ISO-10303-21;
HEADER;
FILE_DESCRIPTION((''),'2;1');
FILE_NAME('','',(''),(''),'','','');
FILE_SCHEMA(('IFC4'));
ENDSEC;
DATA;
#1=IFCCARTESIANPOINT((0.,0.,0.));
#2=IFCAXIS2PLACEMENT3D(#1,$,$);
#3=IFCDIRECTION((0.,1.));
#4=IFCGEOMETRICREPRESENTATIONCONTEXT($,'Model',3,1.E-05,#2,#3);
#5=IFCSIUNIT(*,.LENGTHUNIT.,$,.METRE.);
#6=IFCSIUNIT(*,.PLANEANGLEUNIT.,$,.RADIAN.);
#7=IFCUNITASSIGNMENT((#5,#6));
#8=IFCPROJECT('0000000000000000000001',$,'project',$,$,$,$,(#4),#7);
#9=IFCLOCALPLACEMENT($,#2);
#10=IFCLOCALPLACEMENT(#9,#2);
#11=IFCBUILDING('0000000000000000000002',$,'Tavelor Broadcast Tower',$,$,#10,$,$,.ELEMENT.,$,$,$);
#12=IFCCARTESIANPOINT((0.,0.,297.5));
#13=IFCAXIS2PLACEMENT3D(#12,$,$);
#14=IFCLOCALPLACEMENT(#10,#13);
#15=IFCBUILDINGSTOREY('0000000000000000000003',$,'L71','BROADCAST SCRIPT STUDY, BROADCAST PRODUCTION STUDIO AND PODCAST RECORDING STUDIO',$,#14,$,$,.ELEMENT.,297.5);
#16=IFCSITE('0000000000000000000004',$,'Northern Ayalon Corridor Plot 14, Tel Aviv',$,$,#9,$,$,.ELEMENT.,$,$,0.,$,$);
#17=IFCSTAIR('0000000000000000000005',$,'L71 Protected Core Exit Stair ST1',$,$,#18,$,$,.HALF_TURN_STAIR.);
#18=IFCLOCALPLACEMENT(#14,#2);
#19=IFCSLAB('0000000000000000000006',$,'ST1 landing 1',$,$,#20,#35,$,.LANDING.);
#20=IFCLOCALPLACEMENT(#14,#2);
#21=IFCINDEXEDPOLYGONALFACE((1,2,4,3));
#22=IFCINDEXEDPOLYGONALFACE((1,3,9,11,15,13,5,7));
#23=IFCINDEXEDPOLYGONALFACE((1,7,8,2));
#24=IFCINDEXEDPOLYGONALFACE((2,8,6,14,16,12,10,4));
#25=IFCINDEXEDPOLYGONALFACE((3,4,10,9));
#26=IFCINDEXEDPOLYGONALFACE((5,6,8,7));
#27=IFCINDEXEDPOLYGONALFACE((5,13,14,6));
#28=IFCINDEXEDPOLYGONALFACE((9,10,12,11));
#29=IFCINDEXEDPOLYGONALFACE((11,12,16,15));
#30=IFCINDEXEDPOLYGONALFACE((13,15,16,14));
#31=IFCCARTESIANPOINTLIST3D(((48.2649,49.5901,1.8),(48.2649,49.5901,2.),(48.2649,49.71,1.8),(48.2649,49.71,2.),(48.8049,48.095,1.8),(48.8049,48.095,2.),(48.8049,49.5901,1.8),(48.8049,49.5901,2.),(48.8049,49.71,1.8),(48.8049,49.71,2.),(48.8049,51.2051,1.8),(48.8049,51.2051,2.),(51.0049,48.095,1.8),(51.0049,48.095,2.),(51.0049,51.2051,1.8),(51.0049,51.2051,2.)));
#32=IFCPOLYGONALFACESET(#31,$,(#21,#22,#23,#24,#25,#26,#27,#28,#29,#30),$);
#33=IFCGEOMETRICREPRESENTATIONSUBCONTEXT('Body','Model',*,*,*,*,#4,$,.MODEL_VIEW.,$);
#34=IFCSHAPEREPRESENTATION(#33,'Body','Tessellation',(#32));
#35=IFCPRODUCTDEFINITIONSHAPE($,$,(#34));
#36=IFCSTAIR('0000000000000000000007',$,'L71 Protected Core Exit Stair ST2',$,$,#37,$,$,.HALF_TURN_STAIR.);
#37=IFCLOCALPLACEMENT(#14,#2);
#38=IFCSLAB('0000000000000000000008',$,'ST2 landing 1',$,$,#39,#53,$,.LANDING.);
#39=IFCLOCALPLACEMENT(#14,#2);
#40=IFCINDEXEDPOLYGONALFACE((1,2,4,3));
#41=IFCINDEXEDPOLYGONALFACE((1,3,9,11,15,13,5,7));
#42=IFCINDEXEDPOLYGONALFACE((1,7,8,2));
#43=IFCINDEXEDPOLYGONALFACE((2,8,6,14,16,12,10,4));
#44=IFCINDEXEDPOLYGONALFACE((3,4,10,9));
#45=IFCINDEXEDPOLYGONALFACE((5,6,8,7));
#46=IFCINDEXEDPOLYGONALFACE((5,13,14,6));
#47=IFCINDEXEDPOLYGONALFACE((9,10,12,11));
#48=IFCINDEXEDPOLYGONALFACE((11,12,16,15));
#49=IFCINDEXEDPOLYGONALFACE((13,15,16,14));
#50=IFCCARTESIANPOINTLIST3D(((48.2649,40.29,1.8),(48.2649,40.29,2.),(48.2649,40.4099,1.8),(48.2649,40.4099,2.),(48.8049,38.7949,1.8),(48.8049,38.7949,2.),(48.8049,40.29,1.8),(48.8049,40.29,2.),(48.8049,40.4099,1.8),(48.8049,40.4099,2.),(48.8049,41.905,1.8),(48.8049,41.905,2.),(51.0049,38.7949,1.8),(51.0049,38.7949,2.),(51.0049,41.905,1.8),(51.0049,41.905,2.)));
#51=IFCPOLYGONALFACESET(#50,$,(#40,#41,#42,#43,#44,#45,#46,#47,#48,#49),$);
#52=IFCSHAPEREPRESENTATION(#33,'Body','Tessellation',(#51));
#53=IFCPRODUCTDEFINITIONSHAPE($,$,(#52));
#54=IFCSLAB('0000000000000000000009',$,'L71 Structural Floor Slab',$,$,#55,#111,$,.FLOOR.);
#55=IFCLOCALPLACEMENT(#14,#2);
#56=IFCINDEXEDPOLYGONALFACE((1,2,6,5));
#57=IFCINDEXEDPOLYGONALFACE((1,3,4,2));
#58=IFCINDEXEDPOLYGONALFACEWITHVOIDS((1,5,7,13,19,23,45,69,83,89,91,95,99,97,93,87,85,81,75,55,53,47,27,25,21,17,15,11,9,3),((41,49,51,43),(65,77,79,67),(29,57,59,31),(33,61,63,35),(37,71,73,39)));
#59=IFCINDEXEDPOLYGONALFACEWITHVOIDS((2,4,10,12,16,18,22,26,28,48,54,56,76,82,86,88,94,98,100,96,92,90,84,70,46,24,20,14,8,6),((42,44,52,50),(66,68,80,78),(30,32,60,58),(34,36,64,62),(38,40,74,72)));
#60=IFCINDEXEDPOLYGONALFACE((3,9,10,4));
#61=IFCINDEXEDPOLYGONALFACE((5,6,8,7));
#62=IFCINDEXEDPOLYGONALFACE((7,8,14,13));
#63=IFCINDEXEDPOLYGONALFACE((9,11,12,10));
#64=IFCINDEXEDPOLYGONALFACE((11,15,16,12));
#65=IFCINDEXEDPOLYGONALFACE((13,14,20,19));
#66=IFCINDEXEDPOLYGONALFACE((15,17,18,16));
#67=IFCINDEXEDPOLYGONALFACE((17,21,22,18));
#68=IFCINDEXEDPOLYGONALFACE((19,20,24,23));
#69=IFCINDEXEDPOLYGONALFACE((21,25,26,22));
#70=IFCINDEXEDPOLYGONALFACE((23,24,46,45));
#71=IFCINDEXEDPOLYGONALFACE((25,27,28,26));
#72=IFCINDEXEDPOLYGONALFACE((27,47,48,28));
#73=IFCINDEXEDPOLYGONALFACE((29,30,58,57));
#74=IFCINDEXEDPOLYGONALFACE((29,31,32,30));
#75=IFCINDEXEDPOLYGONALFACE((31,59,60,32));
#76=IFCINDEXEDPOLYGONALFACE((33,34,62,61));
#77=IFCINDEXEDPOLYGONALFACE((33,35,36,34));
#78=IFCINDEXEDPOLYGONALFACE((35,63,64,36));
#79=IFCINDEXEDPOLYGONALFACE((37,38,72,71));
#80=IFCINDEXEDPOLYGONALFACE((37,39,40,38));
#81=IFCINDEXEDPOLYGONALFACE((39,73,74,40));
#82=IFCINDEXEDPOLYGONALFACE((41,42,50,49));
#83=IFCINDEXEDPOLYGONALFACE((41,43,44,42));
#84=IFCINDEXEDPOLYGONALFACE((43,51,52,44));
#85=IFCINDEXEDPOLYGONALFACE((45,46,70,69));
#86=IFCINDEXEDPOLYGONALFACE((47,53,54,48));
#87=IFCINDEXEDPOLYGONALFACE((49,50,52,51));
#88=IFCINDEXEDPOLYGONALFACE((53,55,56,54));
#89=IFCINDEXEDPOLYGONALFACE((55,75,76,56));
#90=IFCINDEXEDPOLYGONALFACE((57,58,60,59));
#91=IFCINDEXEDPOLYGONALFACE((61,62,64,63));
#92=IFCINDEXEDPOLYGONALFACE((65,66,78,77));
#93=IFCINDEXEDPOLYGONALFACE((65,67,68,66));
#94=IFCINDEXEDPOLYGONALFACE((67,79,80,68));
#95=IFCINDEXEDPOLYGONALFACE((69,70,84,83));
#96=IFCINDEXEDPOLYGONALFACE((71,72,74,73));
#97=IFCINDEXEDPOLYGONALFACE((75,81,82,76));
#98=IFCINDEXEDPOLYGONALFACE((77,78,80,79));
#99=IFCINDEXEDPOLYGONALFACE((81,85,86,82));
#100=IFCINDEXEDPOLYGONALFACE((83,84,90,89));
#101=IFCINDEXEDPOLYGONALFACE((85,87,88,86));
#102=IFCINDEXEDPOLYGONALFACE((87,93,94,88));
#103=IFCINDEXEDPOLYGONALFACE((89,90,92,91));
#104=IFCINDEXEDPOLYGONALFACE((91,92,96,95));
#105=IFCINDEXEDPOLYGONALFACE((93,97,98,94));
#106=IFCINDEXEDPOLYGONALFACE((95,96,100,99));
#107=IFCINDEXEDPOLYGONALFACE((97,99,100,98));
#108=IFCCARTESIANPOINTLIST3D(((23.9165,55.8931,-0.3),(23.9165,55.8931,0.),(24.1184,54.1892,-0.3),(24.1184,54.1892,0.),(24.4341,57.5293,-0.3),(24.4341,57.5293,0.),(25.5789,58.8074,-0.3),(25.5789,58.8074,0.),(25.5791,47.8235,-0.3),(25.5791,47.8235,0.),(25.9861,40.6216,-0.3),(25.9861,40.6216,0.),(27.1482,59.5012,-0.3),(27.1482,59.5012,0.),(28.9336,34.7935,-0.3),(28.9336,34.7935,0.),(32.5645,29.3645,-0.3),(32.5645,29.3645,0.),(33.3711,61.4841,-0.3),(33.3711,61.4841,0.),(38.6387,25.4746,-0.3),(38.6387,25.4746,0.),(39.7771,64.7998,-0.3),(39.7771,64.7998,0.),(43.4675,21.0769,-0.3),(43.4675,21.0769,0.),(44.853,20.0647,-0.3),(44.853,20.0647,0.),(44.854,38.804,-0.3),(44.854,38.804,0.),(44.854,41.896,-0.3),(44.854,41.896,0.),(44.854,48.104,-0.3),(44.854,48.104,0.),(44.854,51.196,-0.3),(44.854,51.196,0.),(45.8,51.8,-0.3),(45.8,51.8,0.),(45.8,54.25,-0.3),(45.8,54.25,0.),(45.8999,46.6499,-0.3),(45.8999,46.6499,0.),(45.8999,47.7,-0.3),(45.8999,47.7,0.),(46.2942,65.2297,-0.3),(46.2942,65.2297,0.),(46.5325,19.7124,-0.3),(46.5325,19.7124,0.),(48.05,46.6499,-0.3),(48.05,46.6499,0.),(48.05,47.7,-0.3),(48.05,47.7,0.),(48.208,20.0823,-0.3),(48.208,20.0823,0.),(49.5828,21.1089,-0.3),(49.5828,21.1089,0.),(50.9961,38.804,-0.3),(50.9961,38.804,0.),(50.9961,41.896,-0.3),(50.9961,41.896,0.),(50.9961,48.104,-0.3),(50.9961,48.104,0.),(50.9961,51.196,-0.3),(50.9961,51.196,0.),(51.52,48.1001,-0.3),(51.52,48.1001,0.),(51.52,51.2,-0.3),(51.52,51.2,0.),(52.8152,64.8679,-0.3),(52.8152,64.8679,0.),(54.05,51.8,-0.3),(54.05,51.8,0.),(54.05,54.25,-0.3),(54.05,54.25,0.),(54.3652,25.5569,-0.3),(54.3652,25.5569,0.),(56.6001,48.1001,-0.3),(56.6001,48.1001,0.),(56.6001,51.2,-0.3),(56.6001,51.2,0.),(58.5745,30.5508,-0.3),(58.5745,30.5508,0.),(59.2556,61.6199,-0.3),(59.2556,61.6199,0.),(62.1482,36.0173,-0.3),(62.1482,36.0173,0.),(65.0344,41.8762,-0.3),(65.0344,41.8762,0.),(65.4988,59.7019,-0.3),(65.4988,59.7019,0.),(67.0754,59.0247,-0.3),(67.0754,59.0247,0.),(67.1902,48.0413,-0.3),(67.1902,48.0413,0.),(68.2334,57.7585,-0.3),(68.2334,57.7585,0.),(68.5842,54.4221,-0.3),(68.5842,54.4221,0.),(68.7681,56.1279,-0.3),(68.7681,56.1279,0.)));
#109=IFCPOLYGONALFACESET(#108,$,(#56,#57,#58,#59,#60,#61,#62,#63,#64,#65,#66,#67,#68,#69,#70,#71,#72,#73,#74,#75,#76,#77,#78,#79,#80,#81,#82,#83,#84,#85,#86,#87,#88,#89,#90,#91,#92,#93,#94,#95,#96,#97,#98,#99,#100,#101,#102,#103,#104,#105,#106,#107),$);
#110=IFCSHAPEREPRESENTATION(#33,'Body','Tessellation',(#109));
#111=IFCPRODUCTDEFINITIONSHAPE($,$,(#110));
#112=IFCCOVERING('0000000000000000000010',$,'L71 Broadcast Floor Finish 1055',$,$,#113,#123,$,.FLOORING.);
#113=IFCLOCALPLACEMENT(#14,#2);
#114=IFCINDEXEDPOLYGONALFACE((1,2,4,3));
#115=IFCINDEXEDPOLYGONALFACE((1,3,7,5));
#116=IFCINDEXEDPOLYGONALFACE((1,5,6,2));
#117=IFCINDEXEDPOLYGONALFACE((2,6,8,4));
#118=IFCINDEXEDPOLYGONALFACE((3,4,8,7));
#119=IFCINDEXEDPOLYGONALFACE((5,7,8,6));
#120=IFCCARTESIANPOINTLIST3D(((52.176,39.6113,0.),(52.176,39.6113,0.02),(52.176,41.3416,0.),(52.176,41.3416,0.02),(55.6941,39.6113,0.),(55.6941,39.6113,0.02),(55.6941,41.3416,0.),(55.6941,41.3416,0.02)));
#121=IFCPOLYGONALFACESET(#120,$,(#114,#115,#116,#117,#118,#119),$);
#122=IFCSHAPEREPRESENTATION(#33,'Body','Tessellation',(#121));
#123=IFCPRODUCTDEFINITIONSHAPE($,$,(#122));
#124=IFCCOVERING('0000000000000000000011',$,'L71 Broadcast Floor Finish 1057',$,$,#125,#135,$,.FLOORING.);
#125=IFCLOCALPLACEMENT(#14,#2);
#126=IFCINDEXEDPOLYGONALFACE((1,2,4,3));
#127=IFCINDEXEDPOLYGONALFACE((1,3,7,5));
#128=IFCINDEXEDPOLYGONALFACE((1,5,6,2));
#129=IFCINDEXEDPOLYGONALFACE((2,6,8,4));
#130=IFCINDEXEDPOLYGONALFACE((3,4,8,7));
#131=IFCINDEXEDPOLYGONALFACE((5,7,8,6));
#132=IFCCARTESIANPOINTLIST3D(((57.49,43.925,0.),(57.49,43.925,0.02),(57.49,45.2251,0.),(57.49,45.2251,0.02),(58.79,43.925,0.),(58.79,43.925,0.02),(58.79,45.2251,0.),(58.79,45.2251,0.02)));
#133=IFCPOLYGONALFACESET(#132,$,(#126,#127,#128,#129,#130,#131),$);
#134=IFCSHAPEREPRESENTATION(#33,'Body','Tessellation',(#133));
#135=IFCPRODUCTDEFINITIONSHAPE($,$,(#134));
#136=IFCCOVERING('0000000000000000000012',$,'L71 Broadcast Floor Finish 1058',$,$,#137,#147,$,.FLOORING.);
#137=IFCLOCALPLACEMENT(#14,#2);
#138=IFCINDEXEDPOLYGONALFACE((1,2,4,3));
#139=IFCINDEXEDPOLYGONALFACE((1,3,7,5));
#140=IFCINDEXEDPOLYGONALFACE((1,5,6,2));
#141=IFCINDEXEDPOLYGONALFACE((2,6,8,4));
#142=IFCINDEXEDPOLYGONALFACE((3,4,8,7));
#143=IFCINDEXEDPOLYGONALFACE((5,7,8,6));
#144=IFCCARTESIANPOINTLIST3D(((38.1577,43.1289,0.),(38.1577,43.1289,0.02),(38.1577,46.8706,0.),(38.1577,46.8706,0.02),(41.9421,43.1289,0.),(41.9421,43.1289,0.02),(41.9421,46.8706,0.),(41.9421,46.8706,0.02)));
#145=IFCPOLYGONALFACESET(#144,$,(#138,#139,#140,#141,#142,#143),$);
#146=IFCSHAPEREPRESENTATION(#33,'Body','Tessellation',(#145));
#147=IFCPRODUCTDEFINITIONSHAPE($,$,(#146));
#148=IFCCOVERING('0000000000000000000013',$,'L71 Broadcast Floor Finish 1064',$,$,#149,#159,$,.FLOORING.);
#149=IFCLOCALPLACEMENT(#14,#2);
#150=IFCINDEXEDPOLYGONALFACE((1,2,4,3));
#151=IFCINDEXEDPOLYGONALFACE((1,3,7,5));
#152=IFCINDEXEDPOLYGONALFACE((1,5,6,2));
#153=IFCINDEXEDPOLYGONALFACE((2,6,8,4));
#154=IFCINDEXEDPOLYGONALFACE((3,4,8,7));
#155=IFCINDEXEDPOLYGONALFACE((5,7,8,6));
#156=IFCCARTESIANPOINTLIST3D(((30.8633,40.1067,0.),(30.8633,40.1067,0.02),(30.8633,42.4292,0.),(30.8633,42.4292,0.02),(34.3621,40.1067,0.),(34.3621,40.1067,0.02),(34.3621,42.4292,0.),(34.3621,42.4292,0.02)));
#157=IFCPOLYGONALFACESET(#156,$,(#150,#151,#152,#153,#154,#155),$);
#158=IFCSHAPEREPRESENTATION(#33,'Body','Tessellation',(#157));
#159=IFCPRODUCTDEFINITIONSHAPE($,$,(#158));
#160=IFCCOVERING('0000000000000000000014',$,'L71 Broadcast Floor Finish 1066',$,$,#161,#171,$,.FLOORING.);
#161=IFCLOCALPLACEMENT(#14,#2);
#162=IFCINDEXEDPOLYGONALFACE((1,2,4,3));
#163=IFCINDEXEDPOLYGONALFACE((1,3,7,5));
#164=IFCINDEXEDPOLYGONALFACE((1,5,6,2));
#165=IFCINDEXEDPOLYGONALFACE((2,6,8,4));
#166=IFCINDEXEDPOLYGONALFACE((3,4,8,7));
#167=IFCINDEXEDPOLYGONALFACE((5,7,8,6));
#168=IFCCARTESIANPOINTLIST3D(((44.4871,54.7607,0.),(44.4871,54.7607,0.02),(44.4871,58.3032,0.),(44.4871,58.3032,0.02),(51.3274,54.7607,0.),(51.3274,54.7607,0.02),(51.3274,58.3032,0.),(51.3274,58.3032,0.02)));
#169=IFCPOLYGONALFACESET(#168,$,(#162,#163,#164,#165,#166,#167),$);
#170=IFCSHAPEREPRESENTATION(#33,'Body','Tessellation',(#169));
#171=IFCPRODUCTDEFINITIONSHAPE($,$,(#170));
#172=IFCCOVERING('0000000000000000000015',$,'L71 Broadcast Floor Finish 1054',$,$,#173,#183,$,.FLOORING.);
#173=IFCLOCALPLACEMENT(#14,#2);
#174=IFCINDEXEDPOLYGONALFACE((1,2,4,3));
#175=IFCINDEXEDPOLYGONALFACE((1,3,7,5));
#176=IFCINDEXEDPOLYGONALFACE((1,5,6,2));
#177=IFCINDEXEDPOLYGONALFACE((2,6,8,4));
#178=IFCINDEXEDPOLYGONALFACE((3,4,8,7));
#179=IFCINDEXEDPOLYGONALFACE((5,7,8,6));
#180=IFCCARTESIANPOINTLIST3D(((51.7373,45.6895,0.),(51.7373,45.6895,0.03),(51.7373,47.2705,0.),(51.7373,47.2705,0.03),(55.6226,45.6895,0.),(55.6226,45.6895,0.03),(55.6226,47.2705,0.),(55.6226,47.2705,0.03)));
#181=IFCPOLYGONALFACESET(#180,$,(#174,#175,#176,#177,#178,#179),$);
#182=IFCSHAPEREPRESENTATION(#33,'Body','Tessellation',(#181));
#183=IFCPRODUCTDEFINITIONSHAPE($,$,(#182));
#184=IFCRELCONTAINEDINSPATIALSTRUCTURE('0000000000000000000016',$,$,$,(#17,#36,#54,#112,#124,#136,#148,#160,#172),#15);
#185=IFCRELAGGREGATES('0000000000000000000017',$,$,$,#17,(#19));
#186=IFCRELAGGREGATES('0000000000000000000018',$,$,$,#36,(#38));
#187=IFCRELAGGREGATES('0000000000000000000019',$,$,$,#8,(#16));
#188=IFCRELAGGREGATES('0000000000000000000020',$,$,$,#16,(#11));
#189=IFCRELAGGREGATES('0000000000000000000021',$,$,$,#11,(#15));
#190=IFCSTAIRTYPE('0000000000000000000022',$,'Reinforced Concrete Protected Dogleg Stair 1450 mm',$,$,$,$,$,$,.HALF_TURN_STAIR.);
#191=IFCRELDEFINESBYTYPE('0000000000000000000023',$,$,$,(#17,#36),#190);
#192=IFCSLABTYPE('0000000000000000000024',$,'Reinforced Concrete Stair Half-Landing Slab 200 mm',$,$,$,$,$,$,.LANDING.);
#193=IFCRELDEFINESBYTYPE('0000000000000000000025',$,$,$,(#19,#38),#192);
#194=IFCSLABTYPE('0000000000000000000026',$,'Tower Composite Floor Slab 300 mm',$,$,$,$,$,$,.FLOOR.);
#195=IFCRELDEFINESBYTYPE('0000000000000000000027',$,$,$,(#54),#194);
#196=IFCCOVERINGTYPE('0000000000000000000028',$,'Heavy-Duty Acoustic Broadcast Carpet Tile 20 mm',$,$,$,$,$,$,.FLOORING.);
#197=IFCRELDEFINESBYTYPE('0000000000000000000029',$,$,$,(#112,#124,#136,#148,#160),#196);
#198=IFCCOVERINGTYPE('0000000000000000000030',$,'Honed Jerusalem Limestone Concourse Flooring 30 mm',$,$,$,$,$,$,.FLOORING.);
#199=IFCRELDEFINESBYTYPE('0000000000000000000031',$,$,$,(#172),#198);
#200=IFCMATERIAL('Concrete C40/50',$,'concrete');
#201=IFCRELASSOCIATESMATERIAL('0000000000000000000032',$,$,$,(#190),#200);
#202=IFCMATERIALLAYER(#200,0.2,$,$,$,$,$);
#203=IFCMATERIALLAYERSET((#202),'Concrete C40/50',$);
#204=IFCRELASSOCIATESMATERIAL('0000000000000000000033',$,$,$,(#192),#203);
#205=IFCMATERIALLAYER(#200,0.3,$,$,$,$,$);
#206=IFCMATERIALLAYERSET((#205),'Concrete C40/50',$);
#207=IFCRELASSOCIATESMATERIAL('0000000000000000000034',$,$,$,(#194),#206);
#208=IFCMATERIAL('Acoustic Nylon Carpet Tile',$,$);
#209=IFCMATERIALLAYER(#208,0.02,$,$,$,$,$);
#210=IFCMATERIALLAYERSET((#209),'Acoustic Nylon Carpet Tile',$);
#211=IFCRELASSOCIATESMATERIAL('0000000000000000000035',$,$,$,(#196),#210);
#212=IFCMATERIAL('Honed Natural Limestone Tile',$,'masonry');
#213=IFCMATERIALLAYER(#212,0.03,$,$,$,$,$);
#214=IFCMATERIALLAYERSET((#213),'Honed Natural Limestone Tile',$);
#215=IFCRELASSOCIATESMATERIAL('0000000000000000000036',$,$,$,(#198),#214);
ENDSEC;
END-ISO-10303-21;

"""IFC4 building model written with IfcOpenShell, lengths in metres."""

from ifc_helpers import new_model, si_unit, direction, frame, origin, place, context, subcontext, project, spatial, polyline, outline, extrude, material, layer, layer_set, type_object, element, aggregate, save


model = new_model("IFC4")

# Units and contexts
model_context = context("Model", 3, precision=1e-05, world=origin(), true_north=direction((0.0, 1.0)))
body_context = subcontext(model_context, "Body", "Model", "MODEL_VIEW")
ifc_project = project(units=[si_unit("LENGTHUNIT", "METRE"), si_unit("PLANEANGLEUNIT", "RADIAN")], contexts=[model_context])

# Site, building, storey
site_placement = place(None, origin())
site = spatial("IfcSite", under=ifc_project, at=site_placement, Name="Northern Ayalon Corridor Plot 14, Tel Aviv", CompositionType="ELEMENT", RefElevation=0.0)
building_placement = place(site_placement, origin())
building = spatial("IfcBuilding", under=site, at=building_placement, Name="Tavelor Broadcast Tower", CompositionType="ELEMENT")
storey_placement = place(building_placement, frame((0.0, 0.0, 297.5)))
storey = spatial("IfcBuildingStorey", under=building, at=storey_placement, Name="L71", Description="BROADCAST SCRIPT STUDY, BROADCAST PRODUCTION STUDIO AND PODCAST RECORDING STUDIO", CompositionType="ELEMENT", Elevation=297.5)

# Stairs, slabs
ifc_material_1 = material(Name="Concrete C40/50", Category="concrete")
stair_type = type_object("IfcStairType", Name="Reinforced Concrete Protected Dogleg Stair 1450 mm", PredefinedType="HALF_TURN_STAIR", material=ifc_material_1)
stair_1_placement = place(storey_placement, origin())
stair_1 = element("IfcStair", 1, at=stair_1_placement, inside=storey, type_object=stair_type, Name="L71 Protected Core Exit Stair ST1", PredefinedType="HALF_TURN_STAIR")
ifc_layer_1 = layer(ifc_material_1, 0.2)
ifc_layer_set_1 = layer_set([ifc_layer_1], Name="Concrete C40/50")
slab_type_1 = type_object("IfcSlabType", Name="Reinforced Concrete Stair Half-Landing Slab 200 mm", PredefinedType="LANDING", material=ifc_layer_set_1)
slab_1_placement = place(storey_placement, frame((0.0, 0.0, 1.8)))
slab_1 = element("IfcSlab", 2, at=slab_1_placement, type_object=slab_type_1, Name="ST1 landing 1", PredefinedType="LANDING", context=body_context, shape_type="SweptSolid", body=[
    extrude(outline(polyline([(48.8049, 49.5901), (48.8049, 48.095), (51.0049, 48.095), (51.0049, 51.2051), (48.8049, 51.2051), (48.8049, 49.71), (48.2649, 49.71), (48.2649, 49.5901), (48.8049, 49.5901)])), origin(), (0.0, 0.0, 1.0), 0.2),
])
aggregate(stair_1, [slab_1])
stair_2_placement = place(storey_placement, origin())
stair_2 = element("IfcStair", 3, at=stair_2_placement, inside=storey, type_object=stair_type, Name="L71 Protected Core Exit Stair ST2", PredefinedType="HALF_TURN_STAIR")
slab_2_placement = place(storey_placement, frame((0.0, 0.0, 1.8)))
slab_2 = element("IfcSlab", 4, at=slab_2_placement, type_object=slab_type_1, Name="ST2 landing 1", PredefinedType="LANDING", context=body_context, shape_type="SweptSolid", body=[
    extrude(outline(polyline([(48.8049, 40.29), (48.8049, 38.7949), (51.0049, 38.7949), (51.0049, 41.905), (48.8049, 41.905), (48.8049, 40.4099), (48.2649, 40.4099), (48.2649, 40.29), (48.8049, 40.29)])), origin(), (0.0, 0.0, 1.0), 0.2),
])
aggregate(stair_2, [slab_2])

# Slab
ifc_layer_2 = layer(ifc_material_1, 0.3)
ifc_layer_set_2 = layer_set([ifc_layer_2], Name="Concrete C40/50")
slab_type_2 = type_object("IfcSlabType", Name="Tower Composite Floor Slab 300 mm", PredefinedType="FLOOR", material=ifc_layer_set_2)
slab_3_placement = place(storey_placement, frame((0.0, 0.0, -0.3)))
element("IfcSlab", 5, at=slab_3_placement, inside=storey, type_object=slab_type_2, Name="L71 Structural Floor Slab", PredefinedType="FLOOR", context=body_context, shape_type="SweptSolid", body=[
    extrude(outline(polyline([(27.1482, 59.5012), (25.5789, 58.8074), (24.4341, 57.5293), (23.9165, 55.8931), (24.1184, 54.1892), (25.5791, 47.8235), (25.9861, 40.6216), (28.9336, 34.7935), (32.5645, 29.3645), (38.6387, 25.4746), (43.4675, 21.0769), (44.853, 20.0647), (46.5325, 19.7124), (48.208, 20.0823), (49.5828, 21.1089), (54.3652, 25.5569), (58.5745, 30.5508), (62.1482, 36.0173), (65.0344, 41.8762), (67.1902, 48.0413), (68.5842, 54.4221), (68.7681, 56.1279), (68.2334, 57.7585), (67.0754, 59.0247), (65.4988, 59.7019), (59.2556, 61.6199), (52.8152, 64.8679), (46.2942, 65.2297), (39.7771, 64.7998), (33.3711, 61.4841), (27.1482, 59.5012)]), holes=[polyline([(50.9961, 41.896), (50.9961, 38.804), (44.854, 38.804), (44.854, 41.896), (50.9961, 41.896)]), polyline([(48.05, 47.7), (48.05, 46.6499), (45.8999, 46.6499), (45.8999, 47.7), (48.05, 47.7)]), polyline([(50.9961, 51.196), (50.9961, 48.104), (44.854, 48.104), (44.854, 51.196), (50.9961, 51.196)]), polyline([(56.6001, 48.1001), (51.52, 48.1001), (51.52, 51.2), (56.6001, 51.2), (56.6001, 48.1001)]), polyline([(54.05, 51.8), (45.8, 51.8), (45.8, 54.25), (54.05, 54.25), (54.05, 51.8)])]), origin(), (0.0, 0.0, 1.0), 0.3),
])

# Coverings
ifc_material_2 = material(Name="Acoustic Nylon Carpet Tile")
ifc_layer_3 = layer(ifc_material_2, 0.02)
ifc_layer_set_3 = layer_set([ifc_layer_3], Name="Acoustic Nylon Carpet Tile")
covering_type_1 = type_object("IfcCoveringType", Name="Heavy-Duty Acoustic Broadcast Carpet Tile 20 mm", PredefinedType="FLOORING", material=ifc_layer_set_3)
covering_1_placement = place(storey_placement, origin())
element("IfcCovering", 6, at=covering_1_placement, inside=storey, type_object=covering_type_1, Name="L71 Broadcast Floor Finish 1055", PredefinedType="FLOORING", context=body_context, shape_type="SweptSolid", body=[
    extrude(outline(polyline([(52.176, 39.6113), (55.6941, 39.6113), (55.6941, 41.3416), (52.176, 41.3416), (52.176, 39.6113)])), origin(), (0.0, 0.0, 1.0), 0.02),
])
covering_2_placement = place(storey_placement, origin())
element("IfcCovering", 7, at=covering_2_placement, inside=storey, type_object=covering_type_1, Name="L71 Broadcast Floor Finish 1057", PredefinedType="FLOORING", context=body_context, shape_type="SweptSolid", body=[
    extrude(outline(polyline([(57.49, 43.925), (58.79, 43.925), (58.79, 45.2251), (57.49, 45.2251), (57.49, 43.925)])), origin(), (0.0, 0.0, 1.0), 0.02),
])
covering_3_placement = place(storey_placement, origin())
element("IfcCovering", 8, at=covering_3_placement, inside=storey, type_object=covering_type_1, Name="L71 Broadcast Floor Finish 1058", PredefinedType="FLOORING", context=body_context, shape_type="SweptSolid", body=[
    extrude(outline(polyline([(38.1577, 43.1289), (41.9421, 43.1289), (41.9421, 46.8706), (38.1577, 46.8706), (38.1577, 43.1289)])), origin(), (0.0, 0.0, 1.0), 0.02),
])
covering_4_placement = place(storey_placement, origin())
element("IfcCovering", 9, at=covering_4_placement, inside=storey, type_object=covering_type_1, Name="L71 Broadcast Floor Finish 1064", PredefinedType="FLOORING", context=body_context, shape_type="SweptSolid", body=[
    extrude(outline(polyline([(30.8633, 40.1067), (34.3621, 40.1067), (34.3621, 42.4292), (30.8633, 42.4292), (30.8633, 40.1067)])), origin(), (0.0, 0.0, 1.0), 0.02),
])
covering_5_placement = place(storey_placement, origin())
element("IfcCovering", 10, at=covering_5_placement, inside=storey, type_object=covering_type_1, Name="L71 Broadcast Floor Finish 1066", PredefinedType="FLOORING", context=body_context, shape_type="SweptSolid", body=[
    extrude(outline(polyline([(44.4871, 54.7607), (51.3274, 54.7607), (51.3274, 58.3032), (44.4871, 58.3032), (44.4871, 54.7607)])), origin(), (0.0, 0.0, 1.0), 0.02),
])
ifc_material_3 = material(Name="Honed Natural Limestone Tile", Category="masonry")
ifc_layer_4 = layer(ifc_material_3, 0.03)
ifc_layer_set_4 = layer_set([ifc_layer_4], Name="Honed Natural Limestone Tile")
covering_type_2 = type_object("IfcCoveringType", Name="Honed Jerusalem Limestone Concourse Flooring 30 mm", PredefinedType="FLOORING", material=ifc_layer_set_4)
covering_6_placement = place(storey_placement, origin())
element("IfcCovering", 11, at=covering_6_placement, inside=storey, type_object=covering_type_2, Name="L71 Broadcast Floor Finish 1054", PredefinedType="FLOORING", context=body_context, shape_type="SweptSolid", body=[
    extrude(outline(polyline([(51.7373, 45.6895), (55.6226, 45.6895), (55.6226, 47.2705), (51.7373, 47.2705), (51.7373, 45.6895)])), origin(), (0.0, 0.0, 1.0), 0.03),
])

save(model, "model.ifc")
